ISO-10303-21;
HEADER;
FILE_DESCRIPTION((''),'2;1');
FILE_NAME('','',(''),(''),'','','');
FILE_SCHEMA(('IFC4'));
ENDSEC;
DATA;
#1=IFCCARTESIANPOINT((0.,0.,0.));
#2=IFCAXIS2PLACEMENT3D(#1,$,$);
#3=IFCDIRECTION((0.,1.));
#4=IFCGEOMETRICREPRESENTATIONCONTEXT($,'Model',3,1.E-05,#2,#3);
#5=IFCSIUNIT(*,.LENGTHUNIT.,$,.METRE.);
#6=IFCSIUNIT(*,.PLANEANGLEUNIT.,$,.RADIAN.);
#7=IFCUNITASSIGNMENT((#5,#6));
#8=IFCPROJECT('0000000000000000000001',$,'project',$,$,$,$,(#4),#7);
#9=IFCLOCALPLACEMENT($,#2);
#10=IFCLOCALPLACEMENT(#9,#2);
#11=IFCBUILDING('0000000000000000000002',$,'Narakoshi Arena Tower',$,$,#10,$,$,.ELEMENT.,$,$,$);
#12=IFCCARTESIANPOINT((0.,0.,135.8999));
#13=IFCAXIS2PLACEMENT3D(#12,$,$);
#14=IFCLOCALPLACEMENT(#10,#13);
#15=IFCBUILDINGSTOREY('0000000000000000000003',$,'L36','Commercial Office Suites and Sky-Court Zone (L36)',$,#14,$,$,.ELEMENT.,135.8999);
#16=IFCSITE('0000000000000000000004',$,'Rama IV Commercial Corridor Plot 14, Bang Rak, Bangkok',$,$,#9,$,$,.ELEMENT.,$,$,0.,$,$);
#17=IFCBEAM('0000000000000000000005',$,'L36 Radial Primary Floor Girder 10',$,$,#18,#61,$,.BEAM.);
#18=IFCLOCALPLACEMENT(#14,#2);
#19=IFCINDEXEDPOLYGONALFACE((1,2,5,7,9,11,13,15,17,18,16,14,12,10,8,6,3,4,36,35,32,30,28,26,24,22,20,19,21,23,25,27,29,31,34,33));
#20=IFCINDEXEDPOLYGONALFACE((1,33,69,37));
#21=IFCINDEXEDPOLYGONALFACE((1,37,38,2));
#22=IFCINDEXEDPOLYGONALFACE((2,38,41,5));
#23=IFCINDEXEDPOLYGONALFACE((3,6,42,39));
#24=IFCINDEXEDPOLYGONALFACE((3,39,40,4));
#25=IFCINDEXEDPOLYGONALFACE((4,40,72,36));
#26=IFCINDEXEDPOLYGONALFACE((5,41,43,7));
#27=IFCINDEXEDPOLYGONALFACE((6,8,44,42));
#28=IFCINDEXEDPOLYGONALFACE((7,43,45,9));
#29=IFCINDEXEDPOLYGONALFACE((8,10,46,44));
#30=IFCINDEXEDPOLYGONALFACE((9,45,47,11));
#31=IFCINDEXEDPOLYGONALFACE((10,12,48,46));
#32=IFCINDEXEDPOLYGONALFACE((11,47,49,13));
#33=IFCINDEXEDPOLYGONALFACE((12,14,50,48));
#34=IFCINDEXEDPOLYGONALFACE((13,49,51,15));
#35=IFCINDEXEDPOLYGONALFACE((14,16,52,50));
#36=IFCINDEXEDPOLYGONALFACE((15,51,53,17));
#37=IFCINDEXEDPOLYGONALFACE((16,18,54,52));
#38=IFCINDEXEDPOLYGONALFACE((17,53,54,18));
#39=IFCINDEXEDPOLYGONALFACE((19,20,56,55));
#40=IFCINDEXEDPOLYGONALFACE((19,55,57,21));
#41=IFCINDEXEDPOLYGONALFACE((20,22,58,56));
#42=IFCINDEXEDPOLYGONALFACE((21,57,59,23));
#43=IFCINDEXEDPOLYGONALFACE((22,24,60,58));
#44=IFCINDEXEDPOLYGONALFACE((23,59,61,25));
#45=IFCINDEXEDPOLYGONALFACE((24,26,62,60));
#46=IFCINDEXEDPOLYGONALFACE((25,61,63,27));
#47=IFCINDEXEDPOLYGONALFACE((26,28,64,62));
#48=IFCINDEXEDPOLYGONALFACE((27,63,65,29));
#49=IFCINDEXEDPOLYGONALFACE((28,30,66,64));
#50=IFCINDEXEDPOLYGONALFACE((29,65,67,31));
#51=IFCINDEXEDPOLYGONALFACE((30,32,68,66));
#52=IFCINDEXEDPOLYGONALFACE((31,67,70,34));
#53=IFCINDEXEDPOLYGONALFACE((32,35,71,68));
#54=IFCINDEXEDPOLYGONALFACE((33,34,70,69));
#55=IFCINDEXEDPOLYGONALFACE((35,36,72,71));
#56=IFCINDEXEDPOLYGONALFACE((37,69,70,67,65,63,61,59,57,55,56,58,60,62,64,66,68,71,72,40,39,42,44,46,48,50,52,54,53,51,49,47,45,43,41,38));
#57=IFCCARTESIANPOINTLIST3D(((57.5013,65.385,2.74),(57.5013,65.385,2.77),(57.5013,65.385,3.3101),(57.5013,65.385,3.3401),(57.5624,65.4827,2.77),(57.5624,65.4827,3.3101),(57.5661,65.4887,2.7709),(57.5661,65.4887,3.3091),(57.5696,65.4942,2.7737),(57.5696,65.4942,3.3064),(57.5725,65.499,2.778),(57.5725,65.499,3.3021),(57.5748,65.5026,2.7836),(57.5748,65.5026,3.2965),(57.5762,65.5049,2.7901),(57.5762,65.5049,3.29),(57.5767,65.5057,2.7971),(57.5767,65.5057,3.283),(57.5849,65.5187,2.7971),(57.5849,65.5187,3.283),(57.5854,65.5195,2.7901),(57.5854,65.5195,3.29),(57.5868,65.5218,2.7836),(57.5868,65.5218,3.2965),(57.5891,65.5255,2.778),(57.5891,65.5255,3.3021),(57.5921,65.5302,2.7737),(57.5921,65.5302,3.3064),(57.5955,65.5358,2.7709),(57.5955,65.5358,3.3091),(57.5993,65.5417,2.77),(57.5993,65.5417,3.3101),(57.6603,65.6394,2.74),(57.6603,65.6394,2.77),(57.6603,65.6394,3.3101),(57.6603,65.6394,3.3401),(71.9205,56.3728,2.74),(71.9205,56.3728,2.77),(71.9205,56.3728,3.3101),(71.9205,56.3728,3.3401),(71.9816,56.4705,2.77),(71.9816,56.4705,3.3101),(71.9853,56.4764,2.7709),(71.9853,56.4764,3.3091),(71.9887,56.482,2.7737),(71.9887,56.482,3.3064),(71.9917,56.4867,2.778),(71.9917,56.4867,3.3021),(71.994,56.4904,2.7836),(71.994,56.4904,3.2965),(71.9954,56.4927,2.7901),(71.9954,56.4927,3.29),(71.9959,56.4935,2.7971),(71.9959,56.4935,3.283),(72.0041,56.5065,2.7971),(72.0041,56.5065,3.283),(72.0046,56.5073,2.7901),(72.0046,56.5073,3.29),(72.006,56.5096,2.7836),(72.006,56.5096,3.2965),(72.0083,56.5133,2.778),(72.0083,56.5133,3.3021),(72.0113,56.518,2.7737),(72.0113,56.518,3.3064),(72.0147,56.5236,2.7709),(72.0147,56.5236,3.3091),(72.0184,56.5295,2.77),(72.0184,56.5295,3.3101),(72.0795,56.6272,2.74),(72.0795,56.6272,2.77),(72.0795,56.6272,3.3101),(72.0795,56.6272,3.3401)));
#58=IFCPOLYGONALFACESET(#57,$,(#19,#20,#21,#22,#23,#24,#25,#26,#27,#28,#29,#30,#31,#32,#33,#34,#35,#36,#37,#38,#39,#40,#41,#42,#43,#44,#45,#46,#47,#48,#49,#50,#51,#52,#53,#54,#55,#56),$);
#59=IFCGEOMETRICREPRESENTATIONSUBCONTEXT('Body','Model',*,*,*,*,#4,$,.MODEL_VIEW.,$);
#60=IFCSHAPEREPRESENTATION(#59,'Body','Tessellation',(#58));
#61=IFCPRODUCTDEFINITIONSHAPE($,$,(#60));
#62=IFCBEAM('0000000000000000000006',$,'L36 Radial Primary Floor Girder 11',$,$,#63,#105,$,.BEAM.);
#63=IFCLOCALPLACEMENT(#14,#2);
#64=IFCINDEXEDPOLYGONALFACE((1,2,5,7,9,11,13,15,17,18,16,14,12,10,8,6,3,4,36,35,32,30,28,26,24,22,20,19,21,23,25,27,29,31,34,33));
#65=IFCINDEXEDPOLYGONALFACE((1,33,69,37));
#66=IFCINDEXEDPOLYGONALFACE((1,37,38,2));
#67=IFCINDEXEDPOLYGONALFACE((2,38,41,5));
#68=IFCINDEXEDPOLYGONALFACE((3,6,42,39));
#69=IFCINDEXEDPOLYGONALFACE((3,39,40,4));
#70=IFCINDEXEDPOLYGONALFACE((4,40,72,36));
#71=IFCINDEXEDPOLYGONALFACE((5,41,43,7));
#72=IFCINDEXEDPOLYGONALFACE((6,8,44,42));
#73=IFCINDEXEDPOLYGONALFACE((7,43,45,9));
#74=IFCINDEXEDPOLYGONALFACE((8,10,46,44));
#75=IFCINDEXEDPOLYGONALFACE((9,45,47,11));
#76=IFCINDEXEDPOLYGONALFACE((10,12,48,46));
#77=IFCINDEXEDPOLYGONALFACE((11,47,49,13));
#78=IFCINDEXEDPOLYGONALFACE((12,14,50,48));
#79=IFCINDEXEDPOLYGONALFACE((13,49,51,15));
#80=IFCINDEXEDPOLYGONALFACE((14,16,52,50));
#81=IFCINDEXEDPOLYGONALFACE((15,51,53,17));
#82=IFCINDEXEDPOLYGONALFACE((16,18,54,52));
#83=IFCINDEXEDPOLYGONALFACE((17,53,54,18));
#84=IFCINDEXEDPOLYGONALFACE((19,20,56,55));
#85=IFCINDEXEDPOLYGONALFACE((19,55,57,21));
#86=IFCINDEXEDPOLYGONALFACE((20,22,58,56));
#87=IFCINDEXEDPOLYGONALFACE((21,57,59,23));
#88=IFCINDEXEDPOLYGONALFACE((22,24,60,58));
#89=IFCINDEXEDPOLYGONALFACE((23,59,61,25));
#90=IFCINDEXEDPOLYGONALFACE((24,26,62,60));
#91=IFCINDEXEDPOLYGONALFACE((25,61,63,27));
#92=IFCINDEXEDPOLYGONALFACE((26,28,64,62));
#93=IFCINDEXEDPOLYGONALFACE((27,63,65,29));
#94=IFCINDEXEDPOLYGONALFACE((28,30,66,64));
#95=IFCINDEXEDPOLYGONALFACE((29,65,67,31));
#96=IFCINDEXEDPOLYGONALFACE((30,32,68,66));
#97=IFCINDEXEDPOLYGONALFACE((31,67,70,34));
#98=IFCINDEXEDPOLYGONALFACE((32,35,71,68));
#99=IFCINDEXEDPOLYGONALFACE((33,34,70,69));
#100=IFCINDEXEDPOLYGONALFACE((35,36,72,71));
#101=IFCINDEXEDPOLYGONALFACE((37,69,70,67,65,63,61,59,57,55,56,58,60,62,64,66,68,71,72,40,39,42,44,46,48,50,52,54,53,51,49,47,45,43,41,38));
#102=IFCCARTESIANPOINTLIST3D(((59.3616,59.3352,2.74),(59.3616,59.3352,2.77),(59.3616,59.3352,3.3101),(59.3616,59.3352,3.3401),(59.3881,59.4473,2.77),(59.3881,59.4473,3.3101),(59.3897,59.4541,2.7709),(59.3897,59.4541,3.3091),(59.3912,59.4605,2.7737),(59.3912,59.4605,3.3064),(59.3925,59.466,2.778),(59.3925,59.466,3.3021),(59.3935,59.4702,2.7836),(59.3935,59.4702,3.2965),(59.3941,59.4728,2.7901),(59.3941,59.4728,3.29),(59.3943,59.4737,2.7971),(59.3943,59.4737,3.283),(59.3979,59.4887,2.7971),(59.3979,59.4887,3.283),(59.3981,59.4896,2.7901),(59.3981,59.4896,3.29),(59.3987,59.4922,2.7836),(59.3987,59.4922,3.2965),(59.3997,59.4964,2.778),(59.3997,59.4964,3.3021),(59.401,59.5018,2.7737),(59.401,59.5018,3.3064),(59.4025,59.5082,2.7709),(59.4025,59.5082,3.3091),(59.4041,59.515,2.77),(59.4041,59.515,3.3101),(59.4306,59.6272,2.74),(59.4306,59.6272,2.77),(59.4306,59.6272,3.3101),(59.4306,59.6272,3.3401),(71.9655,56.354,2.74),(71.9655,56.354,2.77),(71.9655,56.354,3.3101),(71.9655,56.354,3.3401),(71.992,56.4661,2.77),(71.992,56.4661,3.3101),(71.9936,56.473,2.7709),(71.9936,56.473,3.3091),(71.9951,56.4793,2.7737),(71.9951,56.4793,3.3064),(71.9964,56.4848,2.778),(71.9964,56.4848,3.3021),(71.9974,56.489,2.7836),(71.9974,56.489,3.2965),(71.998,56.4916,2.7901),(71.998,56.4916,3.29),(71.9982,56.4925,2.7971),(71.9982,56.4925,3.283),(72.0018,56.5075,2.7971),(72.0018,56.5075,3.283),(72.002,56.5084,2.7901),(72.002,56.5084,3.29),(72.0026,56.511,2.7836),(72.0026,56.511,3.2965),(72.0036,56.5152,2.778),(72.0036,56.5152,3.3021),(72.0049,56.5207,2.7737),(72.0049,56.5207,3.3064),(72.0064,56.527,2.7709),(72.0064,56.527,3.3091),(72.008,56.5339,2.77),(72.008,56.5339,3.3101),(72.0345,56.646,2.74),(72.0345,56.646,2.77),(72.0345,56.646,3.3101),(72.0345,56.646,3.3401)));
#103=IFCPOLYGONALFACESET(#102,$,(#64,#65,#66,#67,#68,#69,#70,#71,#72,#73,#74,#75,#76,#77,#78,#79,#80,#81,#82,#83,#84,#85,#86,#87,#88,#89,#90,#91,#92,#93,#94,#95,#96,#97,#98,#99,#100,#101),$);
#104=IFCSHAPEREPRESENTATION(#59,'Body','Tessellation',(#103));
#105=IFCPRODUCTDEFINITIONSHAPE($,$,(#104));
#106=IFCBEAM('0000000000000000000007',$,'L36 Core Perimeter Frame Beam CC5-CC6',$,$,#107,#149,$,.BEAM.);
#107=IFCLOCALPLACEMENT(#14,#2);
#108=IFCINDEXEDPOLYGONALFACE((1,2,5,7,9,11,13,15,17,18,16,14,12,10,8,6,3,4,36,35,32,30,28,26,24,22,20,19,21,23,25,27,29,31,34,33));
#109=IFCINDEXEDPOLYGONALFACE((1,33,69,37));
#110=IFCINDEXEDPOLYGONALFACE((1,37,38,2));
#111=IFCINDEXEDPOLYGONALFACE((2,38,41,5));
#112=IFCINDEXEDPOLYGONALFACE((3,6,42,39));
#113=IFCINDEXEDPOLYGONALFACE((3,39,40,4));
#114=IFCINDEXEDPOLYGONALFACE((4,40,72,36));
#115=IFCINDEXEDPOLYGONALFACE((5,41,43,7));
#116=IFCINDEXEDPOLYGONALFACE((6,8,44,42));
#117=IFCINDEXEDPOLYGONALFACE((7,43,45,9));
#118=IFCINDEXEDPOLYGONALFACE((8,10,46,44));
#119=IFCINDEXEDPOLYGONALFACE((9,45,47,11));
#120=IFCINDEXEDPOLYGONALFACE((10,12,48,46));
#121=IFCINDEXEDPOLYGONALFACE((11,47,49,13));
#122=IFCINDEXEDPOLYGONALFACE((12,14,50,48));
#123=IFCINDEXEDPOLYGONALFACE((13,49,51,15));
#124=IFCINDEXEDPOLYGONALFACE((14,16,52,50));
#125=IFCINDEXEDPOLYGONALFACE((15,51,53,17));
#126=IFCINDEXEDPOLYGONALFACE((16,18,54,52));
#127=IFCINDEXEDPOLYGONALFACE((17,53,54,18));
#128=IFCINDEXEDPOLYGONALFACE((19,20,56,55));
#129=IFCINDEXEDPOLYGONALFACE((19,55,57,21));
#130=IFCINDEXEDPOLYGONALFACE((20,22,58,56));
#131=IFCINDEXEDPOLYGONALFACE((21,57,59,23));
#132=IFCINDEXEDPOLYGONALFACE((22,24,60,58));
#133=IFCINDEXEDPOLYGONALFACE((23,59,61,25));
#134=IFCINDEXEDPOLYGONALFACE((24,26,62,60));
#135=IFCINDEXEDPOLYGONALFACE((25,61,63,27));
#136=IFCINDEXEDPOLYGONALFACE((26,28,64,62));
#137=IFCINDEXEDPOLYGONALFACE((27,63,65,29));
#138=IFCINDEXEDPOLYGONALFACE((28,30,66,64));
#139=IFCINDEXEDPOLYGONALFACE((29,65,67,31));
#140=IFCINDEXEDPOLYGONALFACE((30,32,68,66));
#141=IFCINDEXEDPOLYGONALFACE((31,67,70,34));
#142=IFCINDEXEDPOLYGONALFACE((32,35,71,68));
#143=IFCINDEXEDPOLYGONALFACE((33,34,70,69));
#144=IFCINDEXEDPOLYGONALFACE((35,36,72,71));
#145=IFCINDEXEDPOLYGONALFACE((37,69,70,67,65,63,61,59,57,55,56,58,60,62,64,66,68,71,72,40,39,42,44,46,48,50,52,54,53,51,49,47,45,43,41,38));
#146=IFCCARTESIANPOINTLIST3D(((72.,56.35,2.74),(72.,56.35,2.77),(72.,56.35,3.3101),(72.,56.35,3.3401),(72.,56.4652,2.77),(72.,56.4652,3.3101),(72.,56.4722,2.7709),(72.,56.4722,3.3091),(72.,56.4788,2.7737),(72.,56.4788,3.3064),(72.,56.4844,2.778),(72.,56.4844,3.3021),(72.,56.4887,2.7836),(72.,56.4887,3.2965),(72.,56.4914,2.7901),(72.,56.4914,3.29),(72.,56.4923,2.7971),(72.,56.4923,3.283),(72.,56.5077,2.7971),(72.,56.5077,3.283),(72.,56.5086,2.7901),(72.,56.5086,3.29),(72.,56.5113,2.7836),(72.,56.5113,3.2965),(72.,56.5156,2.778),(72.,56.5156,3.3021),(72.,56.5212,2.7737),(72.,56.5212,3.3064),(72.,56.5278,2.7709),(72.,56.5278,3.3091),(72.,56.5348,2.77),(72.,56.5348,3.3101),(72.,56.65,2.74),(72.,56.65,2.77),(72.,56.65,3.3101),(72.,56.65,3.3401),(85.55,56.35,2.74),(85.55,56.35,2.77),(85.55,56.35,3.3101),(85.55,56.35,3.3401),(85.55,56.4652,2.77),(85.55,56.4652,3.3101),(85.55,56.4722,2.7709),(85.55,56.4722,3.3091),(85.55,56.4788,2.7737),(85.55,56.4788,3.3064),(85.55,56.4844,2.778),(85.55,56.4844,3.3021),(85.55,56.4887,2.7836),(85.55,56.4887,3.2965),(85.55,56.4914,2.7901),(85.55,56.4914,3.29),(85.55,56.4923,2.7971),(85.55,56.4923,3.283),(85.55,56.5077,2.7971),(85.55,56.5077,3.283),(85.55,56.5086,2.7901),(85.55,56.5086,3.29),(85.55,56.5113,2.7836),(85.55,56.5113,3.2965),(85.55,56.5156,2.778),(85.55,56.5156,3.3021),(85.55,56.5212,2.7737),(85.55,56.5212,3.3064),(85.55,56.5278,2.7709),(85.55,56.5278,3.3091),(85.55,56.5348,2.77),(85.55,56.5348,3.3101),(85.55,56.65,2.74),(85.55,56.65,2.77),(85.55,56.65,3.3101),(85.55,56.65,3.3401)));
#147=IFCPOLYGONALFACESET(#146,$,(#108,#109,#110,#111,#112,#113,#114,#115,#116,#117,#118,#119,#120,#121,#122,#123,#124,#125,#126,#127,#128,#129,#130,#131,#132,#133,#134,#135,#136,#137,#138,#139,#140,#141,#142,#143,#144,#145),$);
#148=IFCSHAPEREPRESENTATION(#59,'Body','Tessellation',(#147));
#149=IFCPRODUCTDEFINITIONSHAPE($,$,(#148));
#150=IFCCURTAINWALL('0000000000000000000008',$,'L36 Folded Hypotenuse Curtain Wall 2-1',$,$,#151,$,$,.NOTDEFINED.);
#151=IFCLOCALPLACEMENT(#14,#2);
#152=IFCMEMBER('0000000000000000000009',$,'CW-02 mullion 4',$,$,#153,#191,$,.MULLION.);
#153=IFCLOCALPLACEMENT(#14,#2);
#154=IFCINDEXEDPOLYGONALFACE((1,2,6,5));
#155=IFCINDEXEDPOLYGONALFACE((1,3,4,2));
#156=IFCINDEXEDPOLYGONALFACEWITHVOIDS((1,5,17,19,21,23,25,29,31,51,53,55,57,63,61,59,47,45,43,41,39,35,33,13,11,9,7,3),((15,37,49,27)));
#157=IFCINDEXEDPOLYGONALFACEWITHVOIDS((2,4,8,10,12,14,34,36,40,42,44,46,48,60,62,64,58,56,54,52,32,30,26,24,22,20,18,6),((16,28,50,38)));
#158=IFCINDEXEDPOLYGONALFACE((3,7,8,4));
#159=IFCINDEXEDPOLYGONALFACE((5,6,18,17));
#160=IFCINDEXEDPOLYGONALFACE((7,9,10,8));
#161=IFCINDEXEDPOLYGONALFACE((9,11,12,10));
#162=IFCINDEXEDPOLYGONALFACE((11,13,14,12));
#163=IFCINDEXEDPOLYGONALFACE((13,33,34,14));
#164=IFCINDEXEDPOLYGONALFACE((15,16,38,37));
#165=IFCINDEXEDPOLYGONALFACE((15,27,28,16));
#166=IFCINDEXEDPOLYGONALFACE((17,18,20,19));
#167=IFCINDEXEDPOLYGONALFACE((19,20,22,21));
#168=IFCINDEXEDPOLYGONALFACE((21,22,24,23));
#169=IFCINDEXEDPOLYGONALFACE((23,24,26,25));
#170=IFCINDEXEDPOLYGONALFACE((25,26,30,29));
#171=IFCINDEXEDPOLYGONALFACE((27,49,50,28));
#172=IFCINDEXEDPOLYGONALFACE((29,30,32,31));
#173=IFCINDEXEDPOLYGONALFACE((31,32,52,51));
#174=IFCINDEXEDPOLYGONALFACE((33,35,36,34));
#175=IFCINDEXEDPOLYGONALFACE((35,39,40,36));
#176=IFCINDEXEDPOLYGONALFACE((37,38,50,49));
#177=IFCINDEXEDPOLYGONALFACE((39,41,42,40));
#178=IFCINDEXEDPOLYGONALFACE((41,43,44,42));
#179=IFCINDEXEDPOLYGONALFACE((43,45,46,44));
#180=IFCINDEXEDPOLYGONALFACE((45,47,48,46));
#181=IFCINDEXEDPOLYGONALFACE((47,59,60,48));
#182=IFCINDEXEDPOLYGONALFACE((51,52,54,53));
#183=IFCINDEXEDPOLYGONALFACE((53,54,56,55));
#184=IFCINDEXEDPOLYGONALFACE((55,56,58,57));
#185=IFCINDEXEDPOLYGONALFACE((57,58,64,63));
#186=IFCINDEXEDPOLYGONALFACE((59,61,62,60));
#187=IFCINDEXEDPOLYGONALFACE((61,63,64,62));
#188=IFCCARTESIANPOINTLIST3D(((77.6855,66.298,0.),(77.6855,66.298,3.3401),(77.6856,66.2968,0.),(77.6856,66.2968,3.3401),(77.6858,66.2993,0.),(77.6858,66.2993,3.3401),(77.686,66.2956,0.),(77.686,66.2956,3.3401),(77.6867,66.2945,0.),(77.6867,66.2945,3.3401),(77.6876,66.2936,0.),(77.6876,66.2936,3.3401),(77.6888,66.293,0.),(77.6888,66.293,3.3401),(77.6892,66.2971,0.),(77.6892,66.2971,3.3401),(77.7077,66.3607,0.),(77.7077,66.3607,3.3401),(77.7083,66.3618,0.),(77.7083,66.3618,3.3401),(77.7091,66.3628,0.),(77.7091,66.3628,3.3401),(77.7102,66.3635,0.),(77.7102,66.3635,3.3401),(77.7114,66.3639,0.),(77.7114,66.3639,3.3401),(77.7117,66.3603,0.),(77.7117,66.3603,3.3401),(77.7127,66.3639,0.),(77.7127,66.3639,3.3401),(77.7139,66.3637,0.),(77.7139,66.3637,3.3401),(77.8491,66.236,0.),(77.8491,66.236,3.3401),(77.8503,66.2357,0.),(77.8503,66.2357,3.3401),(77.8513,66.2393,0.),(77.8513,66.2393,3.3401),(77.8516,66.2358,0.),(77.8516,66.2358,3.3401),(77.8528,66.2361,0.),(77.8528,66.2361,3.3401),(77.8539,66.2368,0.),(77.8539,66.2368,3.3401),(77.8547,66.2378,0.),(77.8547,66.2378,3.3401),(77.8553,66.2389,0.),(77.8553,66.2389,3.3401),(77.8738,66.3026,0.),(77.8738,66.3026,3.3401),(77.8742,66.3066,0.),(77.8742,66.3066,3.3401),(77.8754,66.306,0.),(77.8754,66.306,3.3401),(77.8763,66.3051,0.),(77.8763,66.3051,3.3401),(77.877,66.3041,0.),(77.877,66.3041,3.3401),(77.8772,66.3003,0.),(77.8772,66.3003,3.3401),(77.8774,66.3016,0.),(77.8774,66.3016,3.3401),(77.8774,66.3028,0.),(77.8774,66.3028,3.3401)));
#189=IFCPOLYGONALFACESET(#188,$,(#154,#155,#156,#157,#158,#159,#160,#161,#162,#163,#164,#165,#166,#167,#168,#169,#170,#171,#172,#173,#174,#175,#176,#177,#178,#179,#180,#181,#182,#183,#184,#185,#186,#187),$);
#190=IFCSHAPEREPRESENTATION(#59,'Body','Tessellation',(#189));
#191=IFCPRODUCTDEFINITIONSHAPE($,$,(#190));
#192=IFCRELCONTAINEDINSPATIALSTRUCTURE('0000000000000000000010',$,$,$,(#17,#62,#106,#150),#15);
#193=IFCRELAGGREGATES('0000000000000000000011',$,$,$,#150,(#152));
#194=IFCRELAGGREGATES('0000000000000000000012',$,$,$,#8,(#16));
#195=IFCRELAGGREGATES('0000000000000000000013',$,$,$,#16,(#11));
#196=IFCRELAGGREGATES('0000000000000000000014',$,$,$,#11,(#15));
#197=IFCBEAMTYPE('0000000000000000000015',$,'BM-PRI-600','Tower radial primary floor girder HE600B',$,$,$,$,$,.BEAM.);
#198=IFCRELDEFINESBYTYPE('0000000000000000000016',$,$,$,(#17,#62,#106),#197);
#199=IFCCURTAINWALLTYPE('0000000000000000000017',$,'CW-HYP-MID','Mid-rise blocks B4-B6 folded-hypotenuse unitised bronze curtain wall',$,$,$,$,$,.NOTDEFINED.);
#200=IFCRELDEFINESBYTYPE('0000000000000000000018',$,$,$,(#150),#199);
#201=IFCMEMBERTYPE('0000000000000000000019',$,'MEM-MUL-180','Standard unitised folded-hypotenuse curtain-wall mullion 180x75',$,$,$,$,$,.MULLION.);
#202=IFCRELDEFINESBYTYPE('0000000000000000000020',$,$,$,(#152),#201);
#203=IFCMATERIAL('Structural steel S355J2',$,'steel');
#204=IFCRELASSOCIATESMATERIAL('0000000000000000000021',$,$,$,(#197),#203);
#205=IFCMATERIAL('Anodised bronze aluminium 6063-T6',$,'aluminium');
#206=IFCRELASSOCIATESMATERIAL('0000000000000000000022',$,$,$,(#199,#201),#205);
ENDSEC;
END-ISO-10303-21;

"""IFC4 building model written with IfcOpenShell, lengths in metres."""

from ifc_helpers import new_model, si_unit, direction, frame, origin, origin_2d, place, context, subcontext, project, spatial, hollow_rectangle, i_section, extrude, material, material_profile, profile_set, type_object, element, aggregate, save


model = new_model("IFC4")

# Units and contexts
model_context = context("Model", 3, precision=1e-05, world=origin(), true_north=direction((0.0, 1.0)))
body_context = subcontext(model_context, "Body", "Model", "MODEL_VIEW")
ifc_project = project(units=[si_unit("LENGTHUNIT", "METRE"), si_unit("PLANEANGLEUNIT", "RADIAN")], contexts=[model_context])

# Site, building, storey
site_placement = place(None, origin())
site = spatial("IfcSite", under=ifc_project, at=site_placement, Name="Rama IV Commercial Corridor Plot 14, Bang Rak, Bangkok", CompositionType="ELEMENT", RefElevation=0.0)
building_placement = place(site_placement, origin())
building = spatial("IfcBuilding", under=site, at=building_placement, Name="Narakoshi Arena Tower", CompositionType="ELEMENT")
storey_placement = place(building_placement, frame((0.0, 0.0, 135.8999)))
storey = spatial("IfcBuildingStorey", under=building, at=storey_placement, Name="L36", Description="Commercial Office Suites and Sky-Court Zone (L36)", CompositionType="ELEMENT", Elevation=135.8999)

# Beams
ifc_material_1 = material(Name="Structural steel S355J2", Category="steel")
ifc_material_profile_1 = material_profile(ifc_material_1, i_section(OverallWidth=0.3, OverallDepth=0.6001, WebThickness=0.0154, FlangeThickness=0.03, FilletRadius=0.0271, at=origin_2d()), Name="HE600B")
ifc_profile_set_1 = profile_set([ifc_material_profile_1], Name="Structural steel S355J2")
beam_type = type_object("IfcBeamType", Name="BM-PRI-600", Description="Tower radial primary floor girder HE600B", PredefinedType="BEAM", material=ifc_profile_set_1)
beam_1_placement = place(storey_placement, frame((72.0, 56.5, 3.04), z_axis=(-0.847993, 0.530008, 0.0), x_axis=(-0.530008, -0.847993, 0.0)))
element("IfcBeam", 1, at=beam_1_placement, inside=storey, type_object=beam_type, Name="L36 Radial Primary Floor Girder 10", PredefinedType="BEAM", context=body_context, shape_type="SweptSolid", body=[
    extrude(i_section(OverallWidth=0.3, OverallDepth=0.6001, WebThickness=0.0154, FlangeThickness=0.03, FilletRadius=0.0271, at=origin_2d()), origin(), (0.0, 0.0, 1.0), 17.0039),
])
beam_2_placement = place(storey_placement, frame((72.0, 56.5, 3.04), z_axis=(-0.973149, 0.230177, 0.0), x_axis=(-0.230177, -0.973149, 0.0)))
element("IfcBeam", 2, at=beam_2_placement, inside=storey, type_object=beam_type, Name="L36 Radial Primary Floor Girder 11", PredefinedType="BEAM", context=body_context, shape_type="SweptSolid", body=[
    extrude(i_section(OverallWidth=0.3, OverallDepth=0.6001, WebThickness=0.0154, FlangeThickness=0.03, FilletRadius=0.0271, at=origin_2d()), origin(), (0.0, 0.0, 1.0), 12.9517),
])
beam_3_placement = place(storey_placement, frame((72.0, 56.5, 3.04), z_axis=(1.0, 0.0, 0.0), x_axis=(0.0, 1.0, 0.0)))
element("IfcBeam", 3, at=beam_3_placement, inside=storey, type_object=beam_type, Name="L36 Core Perimeter Frame Beam CC5-CC6", PredefinedType="BEAM", context=body_context, shape_type="SweptSolid", body=[
    extrude(i_section(OverallWidth=0.3, OverallDepth=0.6001, WebThickness=0.0154, FlangeThickness=0.03, FilletRadius=0.0271, at=origin_2d()), origin(), (0.0, 0.0, 1.0), 13.55),
])

# Curtain wall, member
ifc_material_2 = material(Name="Anodised bronze aluminium 6063-T6", Category="aluminium")
curtain_wall_type = type_object("IfcCurtainWallType", Name="CW-HYP-MID", Description="Mid-rise blocks B4-B6 folded-hypotenuse unitised bronze curtain wall", PredefinedType="NOTDEFINED", material=ifc_material_2)
curtain_wall_placement = place(storey_placement, origin())
curtain_wall = element("IfcCurtainWall", 4, at=curtain_wall_placement, inside=storey, type_object=curtain_wall_type, Name="L36 Folded Hypotenuse Curtain Wall 2-1", PredefinedType="NOTDEFINED")
ifc_material_profile_2 = material_profile(ifc_material_2, hollow_rectangle(XDim=0.075, YDim=0.1799, WallThickness=0.0039, OuterFilletRadius=0.0049, at=origin_2d()), Name="MUL180x75x4")
ifc_profile_set_2 = profile_set([ifc_material_profile_2], Name="Anodised bronze aluminium 6063-T6")
member_type_1 = type_object("IfcMemberType", Name="MEM-MUL-180", Description="Standard unitised folded-hypotenuse curtain-wall mullion 180x75", PredefinedType="MULLION", material=ifc_profile_set_2)
member_1_placement = place(storey_placement, frame((77.7815, 66.2998, 0.0), z_axis=(0.0, 0.0, 1.0), x_axis=(-0.335518, -0.942034, 0.0)))
member_1 = element("IfcMember", 5, at=member_1_placement, type_object=member_type_1, Name="CW-02 mullion 4", PredefinedType="MULLION", context=body_context, shape_type="SweptSolid", body=[
    extrude(hollow_rectangle(XDim=0.075, YDim=0.1799, WallThickness=0.0039, OuterFilletRadius=0.0049, at=origin_2d()), origin(), (0.0, 0.0, 1.0), 3.3401),
])
aggregate(curtain_wall, [member_1])

save(model, "model.ifc")
